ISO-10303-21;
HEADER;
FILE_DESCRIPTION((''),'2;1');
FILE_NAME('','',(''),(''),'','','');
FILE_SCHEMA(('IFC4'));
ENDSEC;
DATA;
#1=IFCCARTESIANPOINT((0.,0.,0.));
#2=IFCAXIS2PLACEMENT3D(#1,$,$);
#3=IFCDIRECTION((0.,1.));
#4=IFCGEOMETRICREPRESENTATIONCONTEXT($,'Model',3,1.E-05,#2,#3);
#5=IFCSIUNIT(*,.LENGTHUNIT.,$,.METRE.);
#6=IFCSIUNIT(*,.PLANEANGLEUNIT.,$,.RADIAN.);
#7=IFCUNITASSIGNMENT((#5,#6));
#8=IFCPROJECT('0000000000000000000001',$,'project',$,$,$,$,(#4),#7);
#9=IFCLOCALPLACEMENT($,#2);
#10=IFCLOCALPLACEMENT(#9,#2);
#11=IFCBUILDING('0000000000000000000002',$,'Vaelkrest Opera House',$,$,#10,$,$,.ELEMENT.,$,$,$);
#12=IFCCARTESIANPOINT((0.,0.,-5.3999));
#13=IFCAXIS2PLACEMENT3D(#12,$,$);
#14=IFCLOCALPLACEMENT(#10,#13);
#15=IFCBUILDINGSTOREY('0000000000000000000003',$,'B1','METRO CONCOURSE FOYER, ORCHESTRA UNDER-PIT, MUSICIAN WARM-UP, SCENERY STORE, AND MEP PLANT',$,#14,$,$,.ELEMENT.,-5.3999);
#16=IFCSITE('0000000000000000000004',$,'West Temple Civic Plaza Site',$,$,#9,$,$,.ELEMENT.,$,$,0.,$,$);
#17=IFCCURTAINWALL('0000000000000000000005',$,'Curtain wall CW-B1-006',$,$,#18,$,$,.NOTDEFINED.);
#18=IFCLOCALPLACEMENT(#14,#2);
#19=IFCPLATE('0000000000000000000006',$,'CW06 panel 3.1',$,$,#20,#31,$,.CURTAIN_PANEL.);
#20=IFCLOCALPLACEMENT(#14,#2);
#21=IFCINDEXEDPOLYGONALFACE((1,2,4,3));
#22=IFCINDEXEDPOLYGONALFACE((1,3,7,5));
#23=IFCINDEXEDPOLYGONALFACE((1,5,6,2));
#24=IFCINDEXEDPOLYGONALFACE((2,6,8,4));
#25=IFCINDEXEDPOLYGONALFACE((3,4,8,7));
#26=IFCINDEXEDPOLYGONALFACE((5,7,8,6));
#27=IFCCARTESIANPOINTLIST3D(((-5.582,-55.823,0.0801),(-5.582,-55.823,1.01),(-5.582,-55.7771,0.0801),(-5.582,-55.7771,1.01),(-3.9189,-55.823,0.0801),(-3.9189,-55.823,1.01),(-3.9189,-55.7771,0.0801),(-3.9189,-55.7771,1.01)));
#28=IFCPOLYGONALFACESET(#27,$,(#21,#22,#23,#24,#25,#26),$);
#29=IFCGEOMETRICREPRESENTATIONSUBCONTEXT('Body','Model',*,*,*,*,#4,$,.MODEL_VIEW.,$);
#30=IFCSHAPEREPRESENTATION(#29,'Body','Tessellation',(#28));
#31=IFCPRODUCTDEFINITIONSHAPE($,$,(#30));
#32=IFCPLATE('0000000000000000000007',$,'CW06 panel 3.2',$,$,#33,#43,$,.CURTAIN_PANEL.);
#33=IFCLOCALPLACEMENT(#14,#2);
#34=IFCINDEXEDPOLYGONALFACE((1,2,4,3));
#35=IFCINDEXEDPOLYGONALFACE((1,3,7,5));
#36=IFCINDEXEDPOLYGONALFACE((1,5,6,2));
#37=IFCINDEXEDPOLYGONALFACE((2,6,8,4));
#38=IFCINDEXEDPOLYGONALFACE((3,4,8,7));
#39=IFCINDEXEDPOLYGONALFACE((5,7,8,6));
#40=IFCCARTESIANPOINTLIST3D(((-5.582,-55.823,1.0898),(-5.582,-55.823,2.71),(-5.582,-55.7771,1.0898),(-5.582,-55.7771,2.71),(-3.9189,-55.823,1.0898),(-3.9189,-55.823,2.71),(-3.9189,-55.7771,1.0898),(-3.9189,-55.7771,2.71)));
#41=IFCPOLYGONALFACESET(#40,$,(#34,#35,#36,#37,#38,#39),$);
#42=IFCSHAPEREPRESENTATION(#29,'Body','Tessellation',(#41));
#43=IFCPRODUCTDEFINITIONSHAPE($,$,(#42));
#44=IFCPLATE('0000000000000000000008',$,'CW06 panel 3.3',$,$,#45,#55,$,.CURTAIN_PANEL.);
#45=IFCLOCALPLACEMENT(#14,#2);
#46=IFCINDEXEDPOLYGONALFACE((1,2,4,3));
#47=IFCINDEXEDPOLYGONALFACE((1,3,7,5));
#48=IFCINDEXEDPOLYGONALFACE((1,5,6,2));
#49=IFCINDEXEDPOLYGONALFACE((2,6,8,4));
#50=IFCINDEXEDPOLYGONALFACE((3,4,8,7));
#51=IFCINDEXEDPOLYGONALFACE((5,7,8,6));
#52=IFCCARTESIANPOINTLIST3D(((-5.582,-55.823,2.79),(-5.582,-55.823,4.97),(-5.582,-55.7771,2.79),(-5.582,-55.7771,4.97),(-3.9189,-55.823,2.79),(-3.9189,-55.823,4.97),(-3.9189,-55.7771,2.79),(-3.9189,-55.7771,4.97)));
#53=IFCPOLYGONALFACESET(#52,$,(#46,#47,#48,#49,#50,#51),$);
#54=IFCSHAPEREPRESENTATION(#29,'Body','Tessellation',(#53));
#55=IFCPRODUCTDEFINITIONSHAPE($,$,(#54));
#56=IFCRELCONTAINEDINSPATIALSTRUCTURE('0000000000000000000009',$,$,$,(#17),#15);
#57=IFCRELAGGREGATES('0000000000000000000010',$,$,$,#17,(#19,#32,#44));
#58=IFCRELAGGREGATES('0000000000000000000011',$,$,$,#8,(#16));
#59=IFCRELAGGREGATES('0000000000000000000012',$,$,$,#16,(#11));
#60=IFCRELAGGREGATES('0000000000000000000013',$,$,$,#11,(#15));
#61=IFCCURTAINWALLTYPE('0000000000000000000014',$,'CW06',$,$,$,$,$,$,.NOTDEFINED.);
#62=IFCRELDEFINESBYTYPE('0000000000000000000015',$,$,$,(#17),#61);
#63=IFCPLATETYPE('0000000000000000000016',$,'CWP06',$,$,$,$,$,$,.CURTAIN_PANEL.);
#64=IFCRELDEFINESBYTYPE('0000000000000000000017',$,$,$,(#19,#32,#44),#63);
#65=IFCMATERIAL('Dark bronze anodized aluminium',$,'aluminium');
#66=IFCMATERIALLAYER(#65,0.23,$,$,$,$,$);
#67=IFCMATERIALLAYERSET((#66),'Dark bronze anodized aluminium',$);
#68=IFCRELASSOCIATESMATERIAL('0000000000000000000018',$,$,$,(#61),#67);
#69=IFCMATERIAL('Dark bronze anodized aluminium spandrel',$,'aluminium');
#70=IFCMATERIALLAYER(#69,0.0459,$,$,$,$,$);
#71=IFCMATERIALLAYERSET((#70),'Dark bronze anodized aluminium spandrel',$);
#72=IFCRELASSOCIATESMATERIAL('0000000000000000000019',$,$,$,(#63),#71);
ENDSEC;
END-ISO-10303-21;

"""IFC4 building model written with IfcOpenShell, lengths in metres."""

from ifc_helpers import new_model, si_unit, direction, frame, origin, origin_2d, place, context, subcontext, project, spatial, rectangle, extrude, material, layer, layer_set, type_object, element, aggregate, save


model = new_model("IFC4")

# Units and contexts
model_context = context("Model", 3, precision=1e-05, world=origin(), true_north=direction((0.0, 1.0)))
body_context = subcontext(model_context, "Body", "Model", "MODEL_VIEW")
ifc_project = project(units=[si_unit("LENGTHUNIT", "METRE"), si_unit("PLANEANGLEUNIT", "RADIAN")], contexts=[model_context])

# Site, building, storey
site_placement = place(None, origin())
site = spatial("IfcSite", under=ifc_project, at=site_placement, Name="West Temple Civic Plaza Site", CompositionType="ELEMENT", RefElevation=0.0)
building_placement = place(site_placement, origin())
building = spatial("IfcBuilding", under=site, at=building_placement, Name="Vaelkrest Opera House", CompositionType="ELEMENT")
storey_placement = place(building_placement, frame((0.0, 0.0, -5.3999)))
storey = spatial("IfcBuildingStorey", under=building, at=storey_placement, Name="B1", Description="METRO CONCOURSE FOYER, ORCHESTRA UNDER-PIT, MUSICIAN WARM-UP, SCENERY STORE, AND MEP PLANT", CompositionType="ELEMENT", Elevation=-5.3999)

# Curtain wall, plates
ifc_material_1 = material(Name="Dark bronze anodized aluminium", Category="aluminium")
ifc_layer_1 = layer(ifc_material_1, 0.23)
ifc_layer_set_1 = layer_set([ifc_layer_1], Name="Dark bronze anodized aluminium")
curtain_wall_type = type_object("IfcCurtainWallType", Name="CW06", PredefinedType="NOTDEFINED", material=ifc_layer_set_1)
curtain_wall_placement = place(storey_placement, origin())
curtain_wall = element("IfcCurtainWall", 1, at=curtain_wall_placement, inside=storey, type_object=curtain_wall_type, Name="Curtain wall CW-B1-006", PredefinedType="NOTDEFINED")
ifc_material_2 = material(Name="Dark bronze anodized aluminium spandrel", Category="aluminium")
ifc_layer_2 = layer(ifc_material_2, 0.0459)
ifc_layer_set_2 = layer_set([ifc_layer_2], Name="Dark bronze anodized aluminium spandrel")
plate_type = type_object("IfcPlateType", Name="CWP06", PredefinedType="CURTAIN_PANEL", material=ifc_layer_set_2)
plate_1_placement = place(storey_placement, frame((-4.7505, -55.8, 0.0801), z_axis=(0.0, 0.0, 1.0), x_axis=(-1.0, 0.0, 0.0)))
plate_1 = element("IfcPlate", 2, at=plate_1_placement, type_object=plate_type, Name="CW06 panel 3.1", PredefinedType="CURTAIN_PANEL", context=body_context, shape_type="SweptSolid", body=[
    extrude(rectangle(XDim=1.6631, YDim=0.0459, at=origin_2d()), origin(), (0.0, 0.0, 1.0), 0.9299),
])
plate_2_placement = place(storey_placement, frame((-4.7505, -55.8, 1.0898), z_axis=(0.0, 0.0, 1.0), x_axis=(-1.0, 0.0, 0.0)))
plate_2 = element("IfcPlate", 3, at=plate_2_placement, type_object=plate_type, Name="CW06 panel 3.2", PredefinedType="CURTAIN_PANEL", context=body_context, shape_type="SweptSolid", body=[
    extrude(rectangle(XDim=1.6631, YDim=0.0459, at=origin_2d()), origin(), (0.0, 0.0, 1.0), 1.6201),
])
plate_3_placement = place(storey_placement, frame((-4.7505, -55.8, 2.79), z_axis=(0.0, 0.0, 1.0), x_axis=(-1.0, 0.0, 0.0)))
plate_3 = element("IfcPlate", 4, at=plate_3_placement, type_object=plate_type, Name="CW06 panel 3.3", PredefinedType="CURTAIN_PANEL", context=body_context, shape_type="SweptSolid", body=[
    extrude(rectangle(XDim=1.6631, YDim=0.0459, at=origin_2d()), origin(), (0.0, 0.0, 1.0), 2.1799),
])
aggregate(curtain_wall, [plate_1, plate_2, plate_3])

save(model, "model.ifc")
